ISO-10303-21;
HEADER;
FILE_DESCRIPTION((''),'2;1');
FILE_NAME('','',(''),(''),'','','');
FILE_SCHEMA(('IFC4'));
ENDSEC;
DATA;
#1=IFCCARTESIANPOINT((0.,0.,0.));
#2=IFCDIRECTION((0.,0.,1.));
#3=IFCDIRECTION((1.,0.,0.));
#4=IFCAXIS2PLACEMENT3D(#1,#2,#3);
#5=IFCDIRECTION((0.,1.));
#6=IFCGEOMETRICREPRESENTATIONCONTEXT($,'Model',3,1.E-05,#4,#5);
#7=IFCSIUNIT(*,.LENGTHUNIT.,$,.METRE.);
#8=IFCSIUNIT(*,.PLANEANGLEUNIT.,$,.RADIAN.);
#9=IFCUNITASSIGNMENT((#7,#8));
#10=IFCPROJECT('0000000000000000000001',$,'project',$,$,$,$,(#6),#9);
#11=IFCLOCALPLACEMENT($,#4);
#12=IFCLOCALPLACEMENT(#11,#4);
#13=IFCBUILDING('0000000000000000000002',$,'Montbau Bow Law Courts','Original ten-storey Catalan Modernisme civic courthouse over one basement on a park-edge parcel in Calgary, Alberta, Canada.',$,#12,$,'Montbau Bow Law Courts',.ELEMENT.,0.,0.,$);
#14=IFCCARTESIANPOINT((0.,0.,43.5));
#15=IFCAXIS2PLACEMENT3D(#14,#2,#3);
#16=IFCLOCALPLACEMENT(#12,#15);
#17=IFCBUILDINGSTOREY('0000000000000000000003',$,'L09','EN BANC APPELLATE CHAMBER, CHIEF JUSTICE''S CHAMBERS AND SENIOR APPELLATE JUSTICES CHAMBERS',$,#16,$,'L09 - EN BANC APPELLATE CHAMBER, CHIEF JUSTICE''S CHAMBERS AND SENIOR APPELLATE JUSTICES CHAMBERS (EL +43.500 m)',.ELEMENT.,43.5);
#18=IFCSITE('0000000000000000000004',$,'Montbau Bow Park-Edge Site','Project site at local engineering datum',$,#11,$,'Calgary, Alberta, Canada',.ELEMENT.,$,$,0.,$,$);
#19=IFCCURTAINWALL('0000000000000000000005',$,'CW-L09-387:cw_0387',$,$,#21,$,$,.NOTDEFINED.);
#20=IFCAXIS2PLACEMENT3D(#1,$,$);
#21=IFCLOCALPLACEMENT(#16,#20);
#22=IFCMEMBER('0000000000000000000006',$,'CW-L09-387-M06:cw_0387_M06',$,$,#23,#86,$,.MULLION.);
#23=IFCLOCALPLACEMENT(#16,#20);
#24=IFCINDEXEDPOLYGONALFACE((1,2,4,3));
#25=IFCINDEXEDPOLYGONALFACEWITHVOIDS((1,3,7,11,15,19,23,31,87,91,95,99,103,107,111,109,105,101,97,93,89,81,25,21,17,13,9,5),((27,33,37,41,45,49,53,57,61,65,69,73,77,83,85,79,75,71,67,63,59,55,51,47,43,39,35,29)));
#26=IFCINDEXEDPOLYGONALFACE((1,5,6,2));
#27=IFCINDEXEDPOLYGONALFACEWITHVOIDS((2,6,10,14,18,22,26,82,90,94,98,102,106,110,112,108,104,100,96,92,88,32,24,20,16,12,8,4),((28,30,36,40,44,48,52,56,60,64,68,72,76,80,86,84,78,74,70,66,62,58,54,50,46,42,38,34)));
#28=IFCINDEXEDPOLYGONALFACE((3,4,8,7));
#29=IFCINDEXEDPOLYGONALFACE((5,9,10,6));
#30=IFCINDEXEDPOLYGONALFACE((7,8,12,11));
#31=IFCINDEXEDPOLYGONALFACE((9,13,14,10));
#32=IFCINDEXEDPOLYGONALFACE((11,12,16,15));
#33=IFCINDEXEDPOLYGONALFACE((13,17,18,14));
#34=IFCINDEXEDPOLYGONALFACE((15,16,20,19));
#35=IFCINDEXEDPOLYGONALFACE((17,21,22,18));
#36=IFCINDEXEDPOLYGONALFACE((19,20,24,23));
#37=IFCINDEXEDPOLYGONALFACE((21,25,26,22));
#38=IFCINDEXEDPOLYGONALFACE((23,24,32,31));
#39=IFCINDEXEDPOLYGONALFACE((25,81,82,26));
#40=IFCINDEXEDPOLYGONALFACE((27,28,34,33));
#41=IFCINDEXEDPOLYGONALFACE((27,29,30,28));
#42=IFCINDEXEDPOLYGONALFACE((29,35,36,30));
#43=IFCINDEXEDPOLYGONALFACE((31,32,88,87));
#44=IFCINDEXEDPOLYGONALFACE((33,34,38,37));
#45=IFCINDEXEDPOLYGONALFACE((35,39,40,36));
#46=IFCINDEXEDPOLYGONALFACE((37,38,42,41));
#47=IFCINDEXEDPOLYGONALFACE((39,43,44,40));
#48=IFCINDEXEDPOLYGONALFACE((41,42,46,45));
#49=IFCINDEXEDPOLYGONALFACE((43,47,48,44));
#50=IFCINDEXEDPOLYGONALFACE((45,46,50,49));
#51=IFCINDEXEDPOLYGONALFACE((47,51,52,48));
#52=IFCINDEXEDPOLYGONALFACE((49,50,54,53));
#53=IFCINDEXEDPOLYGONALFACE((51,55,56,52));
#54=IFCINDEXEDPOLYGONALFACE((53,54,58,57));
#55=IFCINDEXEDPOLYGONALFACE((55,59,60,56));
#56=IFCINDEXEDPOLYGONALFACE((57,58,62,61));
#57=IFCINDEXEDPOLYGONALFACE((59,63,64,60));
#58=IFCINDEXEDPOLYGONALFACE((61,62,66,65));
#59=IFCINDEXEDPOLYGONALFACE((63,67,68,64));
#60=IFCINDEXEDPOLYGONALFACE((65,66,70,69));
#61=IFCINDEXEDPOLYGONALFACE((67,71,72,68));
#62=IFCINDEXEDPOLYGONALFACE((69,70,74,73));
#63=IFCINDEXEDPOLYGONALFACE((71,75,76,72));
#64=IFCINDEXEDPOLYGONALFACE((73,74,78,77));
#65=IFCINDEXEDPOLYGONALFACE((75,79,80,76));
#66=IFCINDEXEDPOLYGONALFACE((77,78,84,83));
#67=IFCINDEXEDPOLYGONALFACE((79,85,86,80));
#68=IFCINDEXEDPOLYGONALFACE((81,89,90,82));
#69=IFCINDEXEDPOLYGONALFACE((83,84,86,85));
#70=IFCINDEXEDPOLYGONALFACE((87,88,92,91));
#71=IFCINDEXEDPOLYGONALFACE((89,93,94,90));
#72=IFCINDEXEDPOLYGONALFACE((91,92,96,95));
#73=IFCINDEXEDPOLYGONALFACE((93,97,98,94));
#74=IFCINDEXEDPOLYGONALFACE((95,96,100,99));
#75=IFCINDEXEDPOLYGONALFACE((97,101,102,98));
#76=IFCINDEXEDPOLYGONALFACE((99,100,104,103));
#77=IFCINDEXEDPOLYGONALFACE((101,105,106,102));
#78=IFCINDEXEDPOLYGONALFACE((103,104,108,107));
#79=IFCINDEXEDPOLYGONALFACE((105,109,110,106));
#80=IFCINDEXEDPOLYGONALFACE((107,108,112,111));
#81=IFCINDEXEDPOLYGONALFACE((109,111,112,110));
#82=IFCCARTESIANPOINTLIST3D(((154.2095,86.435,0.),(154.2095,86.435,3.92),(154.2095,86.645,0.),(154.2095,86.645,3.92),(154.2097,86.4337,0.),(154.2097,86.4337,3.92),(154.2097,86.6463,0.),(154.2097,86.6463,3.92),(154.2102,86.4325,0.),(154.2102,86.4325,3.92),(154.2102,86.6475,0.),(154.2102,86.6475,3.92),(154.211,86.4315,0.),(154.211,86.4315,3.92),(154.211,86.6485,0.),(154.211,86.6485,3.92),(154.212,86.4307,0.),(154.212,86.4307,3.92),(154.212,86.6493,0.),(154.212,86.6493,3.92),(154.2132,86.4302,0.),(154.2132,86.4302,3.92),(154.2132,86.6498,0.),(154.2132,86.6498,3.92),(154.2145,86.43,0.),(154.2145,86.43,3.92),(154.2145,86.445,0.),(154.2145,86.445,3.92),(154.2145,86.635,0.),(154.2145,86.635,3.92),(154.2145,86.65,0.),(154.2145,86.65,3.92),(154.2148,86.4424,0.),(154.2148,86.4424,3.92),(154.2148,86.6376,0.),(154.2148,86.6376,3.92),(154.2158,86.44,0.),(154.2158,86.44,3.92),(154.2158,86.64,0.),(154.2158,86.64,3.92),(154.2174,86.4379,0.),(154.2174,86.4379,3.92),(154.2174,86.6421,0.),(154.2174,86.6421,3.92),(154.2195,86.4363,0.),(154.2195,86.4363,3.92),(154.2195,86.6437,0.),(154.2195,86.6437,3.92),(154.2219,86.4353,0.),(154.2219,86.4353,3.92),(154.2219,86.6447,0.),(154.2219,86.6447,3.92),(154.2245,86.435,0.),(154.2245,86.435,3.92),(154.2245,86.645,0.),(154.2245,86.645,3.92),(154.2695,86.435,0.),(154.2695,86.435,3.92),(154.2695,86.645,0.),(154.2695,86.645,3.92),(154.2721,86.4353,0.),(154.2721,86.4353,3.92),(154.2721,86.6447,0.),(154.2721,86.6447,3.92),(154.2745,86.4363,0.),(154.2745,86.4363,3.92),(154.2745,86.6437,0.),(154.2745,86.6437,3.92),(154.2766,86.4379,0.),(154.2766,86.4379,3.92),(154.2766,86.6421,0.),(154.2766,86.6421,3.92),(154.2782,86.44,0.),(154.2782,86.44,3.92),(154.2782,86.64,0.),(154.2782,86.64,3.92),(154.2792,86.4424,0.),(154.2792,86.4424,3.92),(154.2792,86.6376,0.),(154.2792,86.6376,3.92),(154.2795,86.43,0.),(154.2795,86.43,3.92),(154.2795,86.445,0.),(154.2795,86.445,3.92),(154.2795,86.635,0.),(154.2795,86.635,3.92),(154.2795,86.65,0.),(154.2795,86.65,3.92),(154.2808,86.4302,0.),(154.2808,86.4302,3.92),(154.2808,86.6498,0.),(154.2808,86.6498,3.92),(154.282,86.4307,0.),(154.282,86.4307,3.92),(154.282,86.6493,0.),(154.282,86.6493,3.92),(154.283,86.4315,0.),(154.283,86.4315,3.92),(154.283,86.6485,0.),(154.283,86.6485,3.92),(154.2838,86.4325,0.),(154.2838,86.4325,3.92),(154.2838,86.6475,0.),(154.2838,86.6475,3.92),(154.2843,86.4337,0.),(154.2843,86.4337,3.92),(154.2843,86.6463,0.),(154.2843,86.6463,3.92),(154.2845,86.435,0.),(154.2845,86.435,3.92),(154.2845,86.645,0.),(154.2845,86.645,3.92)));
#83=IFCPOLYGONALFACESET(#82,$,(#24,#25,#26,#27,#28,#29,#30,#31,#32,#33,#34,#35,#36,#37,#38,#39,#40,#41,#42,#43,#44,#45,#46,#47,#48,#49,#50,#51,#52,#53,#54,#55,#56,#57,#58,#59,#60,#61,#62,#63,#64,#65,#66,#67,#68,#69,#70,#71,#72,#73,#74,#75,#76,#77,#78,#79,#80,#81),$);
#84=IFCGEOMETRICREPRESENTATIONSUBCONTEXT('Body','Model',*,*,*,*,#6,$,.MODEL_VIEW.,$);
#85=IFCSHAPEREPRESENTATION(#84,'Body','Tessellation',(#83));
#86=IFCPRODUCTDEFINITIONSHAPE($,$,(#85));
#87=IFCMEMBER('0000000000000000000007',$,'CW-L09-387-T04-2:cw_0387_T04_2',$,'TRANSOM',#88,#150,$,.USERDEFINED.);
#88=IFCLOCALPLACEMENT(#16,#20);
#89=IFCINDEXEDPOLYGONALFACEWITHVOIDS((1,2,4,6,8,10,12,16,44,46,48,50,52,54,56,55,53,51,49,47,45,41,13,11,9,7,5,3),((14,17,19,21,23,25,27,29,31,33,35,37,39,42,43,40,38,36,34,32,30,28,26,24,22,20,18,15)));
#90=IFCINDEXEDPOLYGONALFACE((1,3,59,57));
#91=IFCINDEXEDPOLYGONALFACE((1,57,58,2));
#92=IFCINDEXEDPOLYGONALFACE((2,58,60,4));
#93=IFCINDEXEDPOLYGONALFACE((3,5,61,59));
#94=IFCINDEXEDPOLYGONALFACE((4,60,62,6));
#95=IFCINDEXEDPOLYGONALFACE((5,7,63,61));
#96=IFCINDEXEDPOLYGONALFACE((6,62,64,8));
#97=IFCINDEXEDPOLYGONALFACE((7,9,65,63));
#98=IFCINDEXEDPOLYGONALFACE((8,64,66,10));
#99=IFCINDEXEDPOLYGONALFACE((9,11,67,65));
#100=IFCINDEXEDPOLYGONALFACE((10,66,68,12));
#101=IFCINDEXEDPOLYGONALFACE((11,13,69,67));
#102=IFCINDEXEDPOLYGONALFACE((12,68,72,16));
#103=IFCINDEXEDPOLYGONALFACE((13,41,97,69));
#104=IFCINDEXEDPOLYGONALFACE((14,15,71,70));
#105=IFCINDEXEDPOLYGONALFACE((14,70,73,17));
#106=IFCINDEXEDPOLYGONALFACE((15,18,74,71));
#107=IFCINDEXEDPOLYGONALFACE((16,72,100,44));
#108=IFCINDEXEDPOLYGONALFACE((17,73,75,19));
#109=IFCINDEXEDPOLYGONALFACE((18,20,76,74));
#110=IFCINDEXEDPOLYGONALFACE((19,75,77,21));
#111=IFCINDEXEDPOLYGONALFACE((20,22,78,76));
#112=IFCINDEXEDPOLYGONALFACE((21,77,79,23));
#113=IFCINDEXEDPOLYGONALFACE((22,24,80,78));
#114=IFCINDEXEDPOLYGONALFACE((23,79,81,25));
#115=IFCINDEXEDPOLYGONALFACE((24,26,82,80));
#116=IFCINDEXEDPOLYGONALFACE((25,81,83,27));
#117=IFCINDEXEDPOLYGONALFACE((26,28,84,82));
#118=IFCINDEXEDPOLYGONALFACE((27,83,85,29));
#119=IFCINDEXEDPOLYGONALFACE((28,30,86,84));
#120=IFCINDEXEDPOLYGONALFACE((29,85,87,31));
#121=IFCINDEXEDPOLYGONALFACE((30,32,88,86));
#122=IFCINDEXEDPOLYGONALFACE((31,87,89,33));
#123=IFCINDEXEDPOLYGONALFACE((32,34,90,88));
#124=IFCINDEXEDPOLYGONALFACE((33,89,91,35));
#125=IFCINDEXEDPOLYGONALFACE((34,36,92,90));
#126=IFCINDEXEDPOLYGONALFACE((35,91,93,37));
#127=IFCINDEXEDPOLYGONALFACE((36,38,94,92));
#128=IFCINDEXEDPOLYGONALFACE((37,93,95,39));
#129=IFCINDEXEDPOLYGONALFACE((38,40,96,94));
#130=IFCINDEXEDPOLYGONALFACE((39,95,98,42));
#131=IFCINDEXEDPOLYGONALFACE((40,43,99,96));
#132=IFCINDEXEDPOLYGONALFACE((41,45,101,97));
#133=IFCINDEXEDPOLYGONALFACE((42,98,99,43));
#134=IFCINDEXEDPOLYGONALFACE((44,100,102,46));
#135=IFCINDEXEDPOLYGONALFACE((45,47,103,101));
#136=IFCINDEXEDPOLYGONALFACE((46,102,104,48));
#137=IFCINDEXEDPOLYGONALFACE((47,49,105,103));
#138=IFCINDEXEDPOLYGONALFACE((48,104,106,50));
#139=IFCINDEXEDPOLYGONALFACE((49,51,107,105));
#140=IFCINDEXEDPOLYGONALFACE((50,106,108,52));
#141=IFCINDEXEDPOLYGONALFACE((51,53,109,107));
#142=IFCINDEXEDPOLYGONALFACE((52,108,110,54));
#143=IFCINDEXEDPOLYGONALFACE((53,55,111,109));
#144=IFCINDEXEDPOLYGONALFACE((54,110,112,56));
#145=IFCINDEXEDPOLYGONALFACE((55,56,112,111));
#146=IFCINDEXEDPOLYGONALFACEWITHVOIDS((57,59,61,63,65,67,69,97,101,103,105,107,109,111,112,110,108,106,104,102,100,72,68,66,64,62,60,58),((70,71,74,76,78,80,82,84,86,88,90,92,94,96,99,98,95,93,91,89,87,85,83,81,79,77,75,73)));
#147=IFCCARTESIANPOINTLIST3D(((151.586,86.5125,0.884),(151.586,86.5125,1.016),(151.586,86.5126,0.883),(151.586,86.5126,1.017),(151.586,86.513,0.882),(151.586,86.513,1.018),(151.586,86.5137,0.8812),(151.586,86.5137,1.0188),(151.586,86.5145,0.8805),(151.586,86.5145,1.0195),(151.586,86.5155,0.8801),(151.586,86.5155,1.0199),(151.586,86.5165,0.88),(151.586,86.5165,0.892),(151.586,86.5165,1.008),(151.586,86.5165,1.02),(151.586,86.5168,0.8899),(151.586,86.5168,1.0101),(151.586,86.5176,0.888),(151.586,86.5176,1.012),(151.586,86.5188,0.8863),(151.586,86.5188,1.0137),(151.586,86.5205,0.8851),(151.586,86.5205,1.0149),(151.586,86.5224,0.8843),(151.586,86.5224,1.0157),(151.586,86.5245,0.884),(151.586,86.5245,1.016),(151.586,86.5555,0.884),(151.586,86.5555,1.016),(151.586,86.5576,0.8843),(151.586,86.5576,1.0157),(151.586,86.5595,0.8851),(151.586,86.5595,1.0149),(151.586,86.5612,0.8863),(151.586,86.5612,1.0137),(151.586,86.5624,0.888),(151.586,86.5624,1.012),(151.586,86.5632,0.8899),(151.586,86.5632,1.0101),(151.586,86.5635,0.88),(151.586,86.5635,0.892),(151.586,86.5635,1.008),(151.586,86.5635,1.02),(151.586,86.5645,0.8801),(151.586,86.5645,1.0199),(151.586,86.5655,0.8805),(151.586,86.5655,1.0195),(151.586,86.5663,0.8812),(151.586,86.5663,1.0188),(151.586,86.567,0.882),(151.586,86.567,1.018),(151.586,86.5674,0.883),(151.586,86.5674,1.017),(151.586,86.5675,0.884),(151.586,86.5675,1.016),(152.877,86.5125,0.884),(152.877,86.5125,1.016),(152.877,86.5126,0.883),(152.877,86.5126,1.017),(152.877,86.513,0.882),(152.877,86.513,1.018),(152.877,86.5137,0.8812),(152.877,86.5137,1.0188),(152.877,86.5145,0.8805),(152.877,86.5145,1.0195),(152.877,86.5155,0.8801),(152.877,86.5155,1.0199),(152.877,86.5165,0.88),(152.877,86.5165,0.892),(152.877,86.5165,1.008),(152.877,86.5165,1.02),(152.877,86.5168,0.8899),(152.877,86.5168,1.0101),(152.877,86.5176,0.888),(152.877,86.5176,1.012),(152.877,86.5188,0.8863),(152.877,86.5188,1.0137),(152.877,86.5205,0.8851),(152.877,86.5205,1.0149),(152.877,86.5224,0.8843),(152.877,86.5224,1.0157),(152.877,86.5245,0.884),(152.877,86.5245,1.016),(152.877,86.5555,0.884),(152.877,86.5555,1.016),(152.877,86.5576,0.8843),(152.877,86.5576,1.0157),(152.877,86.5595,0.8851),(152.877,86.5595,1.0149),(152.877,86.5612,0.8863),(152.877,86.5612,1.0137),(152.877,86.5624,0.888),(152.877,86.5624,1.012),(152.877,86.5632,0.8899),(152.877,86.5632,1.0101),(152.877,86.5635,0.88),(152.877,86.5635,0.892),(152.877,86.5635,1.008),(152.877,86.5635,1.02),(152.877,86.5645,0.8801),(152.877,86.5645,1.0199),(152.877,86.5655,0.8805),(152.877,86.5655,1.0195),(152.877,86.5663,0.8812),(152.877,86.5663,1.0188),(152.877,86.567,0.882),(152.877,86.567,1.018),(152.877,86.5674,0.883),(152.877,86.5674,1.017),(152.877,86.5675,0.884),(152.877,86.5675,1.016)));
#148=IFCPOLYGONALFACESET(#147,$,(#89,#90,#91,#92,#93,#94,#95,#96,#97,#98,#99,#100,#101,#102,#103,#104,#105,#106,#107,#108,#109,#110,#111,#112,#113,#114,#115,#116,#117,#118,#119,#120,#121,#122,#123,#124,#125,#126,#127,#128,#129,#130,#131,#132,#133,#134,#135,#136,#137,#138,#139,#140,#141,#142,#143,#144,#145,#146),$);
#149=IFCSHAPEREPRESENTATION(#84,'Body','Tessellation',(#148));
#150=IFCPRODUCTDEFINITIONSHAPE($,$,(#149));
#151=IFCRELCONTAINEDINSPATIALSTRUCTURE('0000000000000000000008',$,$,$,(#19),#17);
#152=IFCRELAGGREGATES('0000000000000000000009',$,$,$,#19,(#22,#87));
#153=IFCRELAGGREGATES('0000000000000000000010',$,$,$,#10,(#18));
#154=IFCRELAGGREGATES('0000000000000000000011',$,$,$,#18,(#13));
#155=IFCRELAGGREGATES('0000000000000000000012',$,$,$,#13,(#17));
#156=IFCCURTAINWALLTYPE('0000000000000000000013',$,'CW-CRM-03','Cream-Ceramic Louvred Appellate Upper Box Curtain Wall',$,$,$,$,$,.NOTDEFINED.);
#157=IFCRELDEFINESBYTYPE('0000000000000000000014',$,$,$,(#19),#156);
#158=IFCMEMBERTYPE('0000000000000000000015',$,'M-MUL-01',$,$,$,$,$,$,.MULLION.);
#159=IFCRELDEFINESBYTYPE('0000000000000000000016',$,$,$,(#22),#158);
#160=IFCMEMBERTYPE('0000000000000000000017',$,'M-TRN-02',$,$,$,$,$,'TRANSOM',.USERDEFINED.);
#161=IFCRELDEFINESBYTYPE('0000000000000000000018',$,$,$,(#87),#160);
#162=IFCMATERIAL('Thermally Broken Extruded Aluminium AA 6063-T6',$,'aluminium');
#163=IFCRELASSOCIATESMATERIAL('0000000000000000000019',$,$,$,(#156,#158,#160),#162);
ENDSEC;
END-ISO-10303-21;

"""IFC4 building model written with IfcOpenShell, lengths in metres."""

from ifc_helpers import new_model, si_unit, direction, frame, origin_with_axes, origin_2d_with_axis, place, context, subcontext, project, spatial, hollow_rectangle, extrude, material, material_profile, profile_set, type_object, element, aggregate, save


model = new_model("IFC4")

# Units and contexts
model_context = context("Model", 3, precision=1e-05, world=origin_with_axes(), true_north=direction((0.0, 1.0)))
body_context = subcontext(model_context, "Body", "Model", "MODEL_VIEW")
ifc_project = project(units=[si_unit("LENGTHUNIT", "METRE"), si_unit("PLANEANGLEUNIT", "RADIAN")], contexts=[model_context])

# Site, building, storey
site_placement = place(None, origin_with_axes())
site = spatial("IfcSite", under=ifc_project, at=site_placement, Name="Montbau Bow Park-Edge Site", Description="Project site at local engineering datum", LongName="Calgary, Alberta, Canada", CompositionType="ELEMENT", RefElevation=0.0)
building_placement = place(site_placement, origin_with_axes())
building = spatial("IfcBuilding", under=site, at=building_placement, Name="Montbau Bow Law Courts", Description="Original ten-storey Catalan Modernisme civic courthouse over one basement on a park-edge parcel in Calgary, Alberta, Canada.", LongName="Montbau Bow Law Courts", CompositionType="ELEMENT", ElevationOfRefHeight=0.0, ElevationOfTerrain=0.0)
storey_placement = place(building_placement, frame((0.0, 0.0, 43.5), z_axis=(0.0, 0.0, 1.0), x_axis=(1.0, 0.0, 0.0)))
storey = spatial("IfcBuildingStorey", under=building, at=storey_placement, Name="L09", Description="EN BANC APPELLATE CHAMBER, CHIEF JUSTICE'S CHAMBERS AND SENIOR APPELLATE JUSTICES CHAMBERS", LongName="L09 - EN BANC APPELLATE CHAMBER, CHIEF JUSTICE'S CHAMBERS AND SENIOR APPELLATE JUSTICES CHAMBERS (EL +43.500 m)", CompositionType="ELEMENT", Elevation=43.5)

# Curtain wall, members
ifc_material_1 = material(Name="Thermally Broken Extruded Aluminium AA 6063-T6", Category="aluminium")
curtain_wall_type = type_object("IfcCurtainWallType", Name="CW-CRM-03", Description="Cream-Ceramic Louvred Appellate Upper Box Curtain Wall", PredefinedType="NOTDEFINED", material=ifc_material_1)
curtain_wall_placement = place(None, frame((147.44, 86.54, 43.5), z_axis=(0.0, 0.0, 1.0), x_axis=(1.0, 0.0, 0.0)))
curtain_wall = element("IfcCurtainWall", 1, at=curtain_wall_placement, inside=storey, type_object=curtain_wall_type, Name="CW-L09-387:cw_0387", PredefinedType="NOTDEFINED")
ifc_material_profile_1 = material_profile(ifc_material_1, hollow_rectangle(XDim=0.075, YDim=0.22, WallThickness=0.005, InnerFilletRadius=0.01, OuterFilletRadius=0.005, at=origin_2d_with_axis()), Name="CWM-220X75", Category="Main", Priority=0)
ifc_profile_set_1 = profile_set([ifc_material_profile_1], Name="Thermally Broken Extruded Aluminium AA 6063-T6")
member_type_1 = type_object("IfcMemberType", Name="M-MUL-01", PredefinedType="MULLION", material=ifc_profile_set_1)
member_1_placement = place(None, frame((154.247, 86.54, 43.5), z_axis=(0.0, 0.0, 1.0), x_axis=(1.0, 0.0, 0.0)))
member_1 = element("IfcMember", 2, at=member_1_placement, type_object=member_type_1, Name="CW-L09-387-M06:cw_0387_M06", PredefinedType="MULLION", context=body_context, shape_type="SweptSolid", body=[
    extrude(hollow_rectangle(XDim=0.075, YDim=0.22, WallThickness=0.005, InnerFilletRadius=0.01, OuterFilletRadius=0.005, at=origin_2d_with_axis()), origin_with_axes(), (0.0, 0.0, 1.0), 3.92),
])
ifc_material_profile_2 = material_profile(ifc_material_1, hollow_rectangle(XDim=0.055, YDim=0.14, WallThickness=0.004, InnerFilletRadius=0.008, OuterFilletRadius=0.004, at=origin_2d_with_axis()), Name="CWT-140X55", Category="Main", Priority=0)
ifc_profile_set_2 = profile_set([ifc_material_profile_2], Name="Thermally Broken Extruded Aluminium AA 6063-T6")
member_type_2 = type_object("IfcMemberType", Name="M-TRN-02", ElementType="TRANSOM", PredefinedType="USERDEFINED", material=ifc_profile_set_2)
member_2_placement = place(None, frame((151.586, 86.54, 44.45), z_axis=(1.0, 0.0, 0.0), x_axis=(0.0, 1.0, 0.0)))
member_2 = element("IfcMember", 3, at=member_2_placement, type_object=member_type_2, Name="CW-L09-387-T04-2:cw_0387_T04_2", ObjectType="TRANSOM", PredefinedType="USERDEFINED", context=body_context, shape_type="SweptSolid", body=[
    extrude(hollow_rectangle(XDim=0.055, YDim=0.14, WallThickness=0.004, InnerFilletRadius=0.008, OuterFilletRadius=0.004, at=origin_2d_with_axis()), origin_with_axes(), (0.0, 0.0, 1.0), 1.291),
])
aggregate(curtain_wall, [member_1, member_2])

save(model, "model.ifc")
